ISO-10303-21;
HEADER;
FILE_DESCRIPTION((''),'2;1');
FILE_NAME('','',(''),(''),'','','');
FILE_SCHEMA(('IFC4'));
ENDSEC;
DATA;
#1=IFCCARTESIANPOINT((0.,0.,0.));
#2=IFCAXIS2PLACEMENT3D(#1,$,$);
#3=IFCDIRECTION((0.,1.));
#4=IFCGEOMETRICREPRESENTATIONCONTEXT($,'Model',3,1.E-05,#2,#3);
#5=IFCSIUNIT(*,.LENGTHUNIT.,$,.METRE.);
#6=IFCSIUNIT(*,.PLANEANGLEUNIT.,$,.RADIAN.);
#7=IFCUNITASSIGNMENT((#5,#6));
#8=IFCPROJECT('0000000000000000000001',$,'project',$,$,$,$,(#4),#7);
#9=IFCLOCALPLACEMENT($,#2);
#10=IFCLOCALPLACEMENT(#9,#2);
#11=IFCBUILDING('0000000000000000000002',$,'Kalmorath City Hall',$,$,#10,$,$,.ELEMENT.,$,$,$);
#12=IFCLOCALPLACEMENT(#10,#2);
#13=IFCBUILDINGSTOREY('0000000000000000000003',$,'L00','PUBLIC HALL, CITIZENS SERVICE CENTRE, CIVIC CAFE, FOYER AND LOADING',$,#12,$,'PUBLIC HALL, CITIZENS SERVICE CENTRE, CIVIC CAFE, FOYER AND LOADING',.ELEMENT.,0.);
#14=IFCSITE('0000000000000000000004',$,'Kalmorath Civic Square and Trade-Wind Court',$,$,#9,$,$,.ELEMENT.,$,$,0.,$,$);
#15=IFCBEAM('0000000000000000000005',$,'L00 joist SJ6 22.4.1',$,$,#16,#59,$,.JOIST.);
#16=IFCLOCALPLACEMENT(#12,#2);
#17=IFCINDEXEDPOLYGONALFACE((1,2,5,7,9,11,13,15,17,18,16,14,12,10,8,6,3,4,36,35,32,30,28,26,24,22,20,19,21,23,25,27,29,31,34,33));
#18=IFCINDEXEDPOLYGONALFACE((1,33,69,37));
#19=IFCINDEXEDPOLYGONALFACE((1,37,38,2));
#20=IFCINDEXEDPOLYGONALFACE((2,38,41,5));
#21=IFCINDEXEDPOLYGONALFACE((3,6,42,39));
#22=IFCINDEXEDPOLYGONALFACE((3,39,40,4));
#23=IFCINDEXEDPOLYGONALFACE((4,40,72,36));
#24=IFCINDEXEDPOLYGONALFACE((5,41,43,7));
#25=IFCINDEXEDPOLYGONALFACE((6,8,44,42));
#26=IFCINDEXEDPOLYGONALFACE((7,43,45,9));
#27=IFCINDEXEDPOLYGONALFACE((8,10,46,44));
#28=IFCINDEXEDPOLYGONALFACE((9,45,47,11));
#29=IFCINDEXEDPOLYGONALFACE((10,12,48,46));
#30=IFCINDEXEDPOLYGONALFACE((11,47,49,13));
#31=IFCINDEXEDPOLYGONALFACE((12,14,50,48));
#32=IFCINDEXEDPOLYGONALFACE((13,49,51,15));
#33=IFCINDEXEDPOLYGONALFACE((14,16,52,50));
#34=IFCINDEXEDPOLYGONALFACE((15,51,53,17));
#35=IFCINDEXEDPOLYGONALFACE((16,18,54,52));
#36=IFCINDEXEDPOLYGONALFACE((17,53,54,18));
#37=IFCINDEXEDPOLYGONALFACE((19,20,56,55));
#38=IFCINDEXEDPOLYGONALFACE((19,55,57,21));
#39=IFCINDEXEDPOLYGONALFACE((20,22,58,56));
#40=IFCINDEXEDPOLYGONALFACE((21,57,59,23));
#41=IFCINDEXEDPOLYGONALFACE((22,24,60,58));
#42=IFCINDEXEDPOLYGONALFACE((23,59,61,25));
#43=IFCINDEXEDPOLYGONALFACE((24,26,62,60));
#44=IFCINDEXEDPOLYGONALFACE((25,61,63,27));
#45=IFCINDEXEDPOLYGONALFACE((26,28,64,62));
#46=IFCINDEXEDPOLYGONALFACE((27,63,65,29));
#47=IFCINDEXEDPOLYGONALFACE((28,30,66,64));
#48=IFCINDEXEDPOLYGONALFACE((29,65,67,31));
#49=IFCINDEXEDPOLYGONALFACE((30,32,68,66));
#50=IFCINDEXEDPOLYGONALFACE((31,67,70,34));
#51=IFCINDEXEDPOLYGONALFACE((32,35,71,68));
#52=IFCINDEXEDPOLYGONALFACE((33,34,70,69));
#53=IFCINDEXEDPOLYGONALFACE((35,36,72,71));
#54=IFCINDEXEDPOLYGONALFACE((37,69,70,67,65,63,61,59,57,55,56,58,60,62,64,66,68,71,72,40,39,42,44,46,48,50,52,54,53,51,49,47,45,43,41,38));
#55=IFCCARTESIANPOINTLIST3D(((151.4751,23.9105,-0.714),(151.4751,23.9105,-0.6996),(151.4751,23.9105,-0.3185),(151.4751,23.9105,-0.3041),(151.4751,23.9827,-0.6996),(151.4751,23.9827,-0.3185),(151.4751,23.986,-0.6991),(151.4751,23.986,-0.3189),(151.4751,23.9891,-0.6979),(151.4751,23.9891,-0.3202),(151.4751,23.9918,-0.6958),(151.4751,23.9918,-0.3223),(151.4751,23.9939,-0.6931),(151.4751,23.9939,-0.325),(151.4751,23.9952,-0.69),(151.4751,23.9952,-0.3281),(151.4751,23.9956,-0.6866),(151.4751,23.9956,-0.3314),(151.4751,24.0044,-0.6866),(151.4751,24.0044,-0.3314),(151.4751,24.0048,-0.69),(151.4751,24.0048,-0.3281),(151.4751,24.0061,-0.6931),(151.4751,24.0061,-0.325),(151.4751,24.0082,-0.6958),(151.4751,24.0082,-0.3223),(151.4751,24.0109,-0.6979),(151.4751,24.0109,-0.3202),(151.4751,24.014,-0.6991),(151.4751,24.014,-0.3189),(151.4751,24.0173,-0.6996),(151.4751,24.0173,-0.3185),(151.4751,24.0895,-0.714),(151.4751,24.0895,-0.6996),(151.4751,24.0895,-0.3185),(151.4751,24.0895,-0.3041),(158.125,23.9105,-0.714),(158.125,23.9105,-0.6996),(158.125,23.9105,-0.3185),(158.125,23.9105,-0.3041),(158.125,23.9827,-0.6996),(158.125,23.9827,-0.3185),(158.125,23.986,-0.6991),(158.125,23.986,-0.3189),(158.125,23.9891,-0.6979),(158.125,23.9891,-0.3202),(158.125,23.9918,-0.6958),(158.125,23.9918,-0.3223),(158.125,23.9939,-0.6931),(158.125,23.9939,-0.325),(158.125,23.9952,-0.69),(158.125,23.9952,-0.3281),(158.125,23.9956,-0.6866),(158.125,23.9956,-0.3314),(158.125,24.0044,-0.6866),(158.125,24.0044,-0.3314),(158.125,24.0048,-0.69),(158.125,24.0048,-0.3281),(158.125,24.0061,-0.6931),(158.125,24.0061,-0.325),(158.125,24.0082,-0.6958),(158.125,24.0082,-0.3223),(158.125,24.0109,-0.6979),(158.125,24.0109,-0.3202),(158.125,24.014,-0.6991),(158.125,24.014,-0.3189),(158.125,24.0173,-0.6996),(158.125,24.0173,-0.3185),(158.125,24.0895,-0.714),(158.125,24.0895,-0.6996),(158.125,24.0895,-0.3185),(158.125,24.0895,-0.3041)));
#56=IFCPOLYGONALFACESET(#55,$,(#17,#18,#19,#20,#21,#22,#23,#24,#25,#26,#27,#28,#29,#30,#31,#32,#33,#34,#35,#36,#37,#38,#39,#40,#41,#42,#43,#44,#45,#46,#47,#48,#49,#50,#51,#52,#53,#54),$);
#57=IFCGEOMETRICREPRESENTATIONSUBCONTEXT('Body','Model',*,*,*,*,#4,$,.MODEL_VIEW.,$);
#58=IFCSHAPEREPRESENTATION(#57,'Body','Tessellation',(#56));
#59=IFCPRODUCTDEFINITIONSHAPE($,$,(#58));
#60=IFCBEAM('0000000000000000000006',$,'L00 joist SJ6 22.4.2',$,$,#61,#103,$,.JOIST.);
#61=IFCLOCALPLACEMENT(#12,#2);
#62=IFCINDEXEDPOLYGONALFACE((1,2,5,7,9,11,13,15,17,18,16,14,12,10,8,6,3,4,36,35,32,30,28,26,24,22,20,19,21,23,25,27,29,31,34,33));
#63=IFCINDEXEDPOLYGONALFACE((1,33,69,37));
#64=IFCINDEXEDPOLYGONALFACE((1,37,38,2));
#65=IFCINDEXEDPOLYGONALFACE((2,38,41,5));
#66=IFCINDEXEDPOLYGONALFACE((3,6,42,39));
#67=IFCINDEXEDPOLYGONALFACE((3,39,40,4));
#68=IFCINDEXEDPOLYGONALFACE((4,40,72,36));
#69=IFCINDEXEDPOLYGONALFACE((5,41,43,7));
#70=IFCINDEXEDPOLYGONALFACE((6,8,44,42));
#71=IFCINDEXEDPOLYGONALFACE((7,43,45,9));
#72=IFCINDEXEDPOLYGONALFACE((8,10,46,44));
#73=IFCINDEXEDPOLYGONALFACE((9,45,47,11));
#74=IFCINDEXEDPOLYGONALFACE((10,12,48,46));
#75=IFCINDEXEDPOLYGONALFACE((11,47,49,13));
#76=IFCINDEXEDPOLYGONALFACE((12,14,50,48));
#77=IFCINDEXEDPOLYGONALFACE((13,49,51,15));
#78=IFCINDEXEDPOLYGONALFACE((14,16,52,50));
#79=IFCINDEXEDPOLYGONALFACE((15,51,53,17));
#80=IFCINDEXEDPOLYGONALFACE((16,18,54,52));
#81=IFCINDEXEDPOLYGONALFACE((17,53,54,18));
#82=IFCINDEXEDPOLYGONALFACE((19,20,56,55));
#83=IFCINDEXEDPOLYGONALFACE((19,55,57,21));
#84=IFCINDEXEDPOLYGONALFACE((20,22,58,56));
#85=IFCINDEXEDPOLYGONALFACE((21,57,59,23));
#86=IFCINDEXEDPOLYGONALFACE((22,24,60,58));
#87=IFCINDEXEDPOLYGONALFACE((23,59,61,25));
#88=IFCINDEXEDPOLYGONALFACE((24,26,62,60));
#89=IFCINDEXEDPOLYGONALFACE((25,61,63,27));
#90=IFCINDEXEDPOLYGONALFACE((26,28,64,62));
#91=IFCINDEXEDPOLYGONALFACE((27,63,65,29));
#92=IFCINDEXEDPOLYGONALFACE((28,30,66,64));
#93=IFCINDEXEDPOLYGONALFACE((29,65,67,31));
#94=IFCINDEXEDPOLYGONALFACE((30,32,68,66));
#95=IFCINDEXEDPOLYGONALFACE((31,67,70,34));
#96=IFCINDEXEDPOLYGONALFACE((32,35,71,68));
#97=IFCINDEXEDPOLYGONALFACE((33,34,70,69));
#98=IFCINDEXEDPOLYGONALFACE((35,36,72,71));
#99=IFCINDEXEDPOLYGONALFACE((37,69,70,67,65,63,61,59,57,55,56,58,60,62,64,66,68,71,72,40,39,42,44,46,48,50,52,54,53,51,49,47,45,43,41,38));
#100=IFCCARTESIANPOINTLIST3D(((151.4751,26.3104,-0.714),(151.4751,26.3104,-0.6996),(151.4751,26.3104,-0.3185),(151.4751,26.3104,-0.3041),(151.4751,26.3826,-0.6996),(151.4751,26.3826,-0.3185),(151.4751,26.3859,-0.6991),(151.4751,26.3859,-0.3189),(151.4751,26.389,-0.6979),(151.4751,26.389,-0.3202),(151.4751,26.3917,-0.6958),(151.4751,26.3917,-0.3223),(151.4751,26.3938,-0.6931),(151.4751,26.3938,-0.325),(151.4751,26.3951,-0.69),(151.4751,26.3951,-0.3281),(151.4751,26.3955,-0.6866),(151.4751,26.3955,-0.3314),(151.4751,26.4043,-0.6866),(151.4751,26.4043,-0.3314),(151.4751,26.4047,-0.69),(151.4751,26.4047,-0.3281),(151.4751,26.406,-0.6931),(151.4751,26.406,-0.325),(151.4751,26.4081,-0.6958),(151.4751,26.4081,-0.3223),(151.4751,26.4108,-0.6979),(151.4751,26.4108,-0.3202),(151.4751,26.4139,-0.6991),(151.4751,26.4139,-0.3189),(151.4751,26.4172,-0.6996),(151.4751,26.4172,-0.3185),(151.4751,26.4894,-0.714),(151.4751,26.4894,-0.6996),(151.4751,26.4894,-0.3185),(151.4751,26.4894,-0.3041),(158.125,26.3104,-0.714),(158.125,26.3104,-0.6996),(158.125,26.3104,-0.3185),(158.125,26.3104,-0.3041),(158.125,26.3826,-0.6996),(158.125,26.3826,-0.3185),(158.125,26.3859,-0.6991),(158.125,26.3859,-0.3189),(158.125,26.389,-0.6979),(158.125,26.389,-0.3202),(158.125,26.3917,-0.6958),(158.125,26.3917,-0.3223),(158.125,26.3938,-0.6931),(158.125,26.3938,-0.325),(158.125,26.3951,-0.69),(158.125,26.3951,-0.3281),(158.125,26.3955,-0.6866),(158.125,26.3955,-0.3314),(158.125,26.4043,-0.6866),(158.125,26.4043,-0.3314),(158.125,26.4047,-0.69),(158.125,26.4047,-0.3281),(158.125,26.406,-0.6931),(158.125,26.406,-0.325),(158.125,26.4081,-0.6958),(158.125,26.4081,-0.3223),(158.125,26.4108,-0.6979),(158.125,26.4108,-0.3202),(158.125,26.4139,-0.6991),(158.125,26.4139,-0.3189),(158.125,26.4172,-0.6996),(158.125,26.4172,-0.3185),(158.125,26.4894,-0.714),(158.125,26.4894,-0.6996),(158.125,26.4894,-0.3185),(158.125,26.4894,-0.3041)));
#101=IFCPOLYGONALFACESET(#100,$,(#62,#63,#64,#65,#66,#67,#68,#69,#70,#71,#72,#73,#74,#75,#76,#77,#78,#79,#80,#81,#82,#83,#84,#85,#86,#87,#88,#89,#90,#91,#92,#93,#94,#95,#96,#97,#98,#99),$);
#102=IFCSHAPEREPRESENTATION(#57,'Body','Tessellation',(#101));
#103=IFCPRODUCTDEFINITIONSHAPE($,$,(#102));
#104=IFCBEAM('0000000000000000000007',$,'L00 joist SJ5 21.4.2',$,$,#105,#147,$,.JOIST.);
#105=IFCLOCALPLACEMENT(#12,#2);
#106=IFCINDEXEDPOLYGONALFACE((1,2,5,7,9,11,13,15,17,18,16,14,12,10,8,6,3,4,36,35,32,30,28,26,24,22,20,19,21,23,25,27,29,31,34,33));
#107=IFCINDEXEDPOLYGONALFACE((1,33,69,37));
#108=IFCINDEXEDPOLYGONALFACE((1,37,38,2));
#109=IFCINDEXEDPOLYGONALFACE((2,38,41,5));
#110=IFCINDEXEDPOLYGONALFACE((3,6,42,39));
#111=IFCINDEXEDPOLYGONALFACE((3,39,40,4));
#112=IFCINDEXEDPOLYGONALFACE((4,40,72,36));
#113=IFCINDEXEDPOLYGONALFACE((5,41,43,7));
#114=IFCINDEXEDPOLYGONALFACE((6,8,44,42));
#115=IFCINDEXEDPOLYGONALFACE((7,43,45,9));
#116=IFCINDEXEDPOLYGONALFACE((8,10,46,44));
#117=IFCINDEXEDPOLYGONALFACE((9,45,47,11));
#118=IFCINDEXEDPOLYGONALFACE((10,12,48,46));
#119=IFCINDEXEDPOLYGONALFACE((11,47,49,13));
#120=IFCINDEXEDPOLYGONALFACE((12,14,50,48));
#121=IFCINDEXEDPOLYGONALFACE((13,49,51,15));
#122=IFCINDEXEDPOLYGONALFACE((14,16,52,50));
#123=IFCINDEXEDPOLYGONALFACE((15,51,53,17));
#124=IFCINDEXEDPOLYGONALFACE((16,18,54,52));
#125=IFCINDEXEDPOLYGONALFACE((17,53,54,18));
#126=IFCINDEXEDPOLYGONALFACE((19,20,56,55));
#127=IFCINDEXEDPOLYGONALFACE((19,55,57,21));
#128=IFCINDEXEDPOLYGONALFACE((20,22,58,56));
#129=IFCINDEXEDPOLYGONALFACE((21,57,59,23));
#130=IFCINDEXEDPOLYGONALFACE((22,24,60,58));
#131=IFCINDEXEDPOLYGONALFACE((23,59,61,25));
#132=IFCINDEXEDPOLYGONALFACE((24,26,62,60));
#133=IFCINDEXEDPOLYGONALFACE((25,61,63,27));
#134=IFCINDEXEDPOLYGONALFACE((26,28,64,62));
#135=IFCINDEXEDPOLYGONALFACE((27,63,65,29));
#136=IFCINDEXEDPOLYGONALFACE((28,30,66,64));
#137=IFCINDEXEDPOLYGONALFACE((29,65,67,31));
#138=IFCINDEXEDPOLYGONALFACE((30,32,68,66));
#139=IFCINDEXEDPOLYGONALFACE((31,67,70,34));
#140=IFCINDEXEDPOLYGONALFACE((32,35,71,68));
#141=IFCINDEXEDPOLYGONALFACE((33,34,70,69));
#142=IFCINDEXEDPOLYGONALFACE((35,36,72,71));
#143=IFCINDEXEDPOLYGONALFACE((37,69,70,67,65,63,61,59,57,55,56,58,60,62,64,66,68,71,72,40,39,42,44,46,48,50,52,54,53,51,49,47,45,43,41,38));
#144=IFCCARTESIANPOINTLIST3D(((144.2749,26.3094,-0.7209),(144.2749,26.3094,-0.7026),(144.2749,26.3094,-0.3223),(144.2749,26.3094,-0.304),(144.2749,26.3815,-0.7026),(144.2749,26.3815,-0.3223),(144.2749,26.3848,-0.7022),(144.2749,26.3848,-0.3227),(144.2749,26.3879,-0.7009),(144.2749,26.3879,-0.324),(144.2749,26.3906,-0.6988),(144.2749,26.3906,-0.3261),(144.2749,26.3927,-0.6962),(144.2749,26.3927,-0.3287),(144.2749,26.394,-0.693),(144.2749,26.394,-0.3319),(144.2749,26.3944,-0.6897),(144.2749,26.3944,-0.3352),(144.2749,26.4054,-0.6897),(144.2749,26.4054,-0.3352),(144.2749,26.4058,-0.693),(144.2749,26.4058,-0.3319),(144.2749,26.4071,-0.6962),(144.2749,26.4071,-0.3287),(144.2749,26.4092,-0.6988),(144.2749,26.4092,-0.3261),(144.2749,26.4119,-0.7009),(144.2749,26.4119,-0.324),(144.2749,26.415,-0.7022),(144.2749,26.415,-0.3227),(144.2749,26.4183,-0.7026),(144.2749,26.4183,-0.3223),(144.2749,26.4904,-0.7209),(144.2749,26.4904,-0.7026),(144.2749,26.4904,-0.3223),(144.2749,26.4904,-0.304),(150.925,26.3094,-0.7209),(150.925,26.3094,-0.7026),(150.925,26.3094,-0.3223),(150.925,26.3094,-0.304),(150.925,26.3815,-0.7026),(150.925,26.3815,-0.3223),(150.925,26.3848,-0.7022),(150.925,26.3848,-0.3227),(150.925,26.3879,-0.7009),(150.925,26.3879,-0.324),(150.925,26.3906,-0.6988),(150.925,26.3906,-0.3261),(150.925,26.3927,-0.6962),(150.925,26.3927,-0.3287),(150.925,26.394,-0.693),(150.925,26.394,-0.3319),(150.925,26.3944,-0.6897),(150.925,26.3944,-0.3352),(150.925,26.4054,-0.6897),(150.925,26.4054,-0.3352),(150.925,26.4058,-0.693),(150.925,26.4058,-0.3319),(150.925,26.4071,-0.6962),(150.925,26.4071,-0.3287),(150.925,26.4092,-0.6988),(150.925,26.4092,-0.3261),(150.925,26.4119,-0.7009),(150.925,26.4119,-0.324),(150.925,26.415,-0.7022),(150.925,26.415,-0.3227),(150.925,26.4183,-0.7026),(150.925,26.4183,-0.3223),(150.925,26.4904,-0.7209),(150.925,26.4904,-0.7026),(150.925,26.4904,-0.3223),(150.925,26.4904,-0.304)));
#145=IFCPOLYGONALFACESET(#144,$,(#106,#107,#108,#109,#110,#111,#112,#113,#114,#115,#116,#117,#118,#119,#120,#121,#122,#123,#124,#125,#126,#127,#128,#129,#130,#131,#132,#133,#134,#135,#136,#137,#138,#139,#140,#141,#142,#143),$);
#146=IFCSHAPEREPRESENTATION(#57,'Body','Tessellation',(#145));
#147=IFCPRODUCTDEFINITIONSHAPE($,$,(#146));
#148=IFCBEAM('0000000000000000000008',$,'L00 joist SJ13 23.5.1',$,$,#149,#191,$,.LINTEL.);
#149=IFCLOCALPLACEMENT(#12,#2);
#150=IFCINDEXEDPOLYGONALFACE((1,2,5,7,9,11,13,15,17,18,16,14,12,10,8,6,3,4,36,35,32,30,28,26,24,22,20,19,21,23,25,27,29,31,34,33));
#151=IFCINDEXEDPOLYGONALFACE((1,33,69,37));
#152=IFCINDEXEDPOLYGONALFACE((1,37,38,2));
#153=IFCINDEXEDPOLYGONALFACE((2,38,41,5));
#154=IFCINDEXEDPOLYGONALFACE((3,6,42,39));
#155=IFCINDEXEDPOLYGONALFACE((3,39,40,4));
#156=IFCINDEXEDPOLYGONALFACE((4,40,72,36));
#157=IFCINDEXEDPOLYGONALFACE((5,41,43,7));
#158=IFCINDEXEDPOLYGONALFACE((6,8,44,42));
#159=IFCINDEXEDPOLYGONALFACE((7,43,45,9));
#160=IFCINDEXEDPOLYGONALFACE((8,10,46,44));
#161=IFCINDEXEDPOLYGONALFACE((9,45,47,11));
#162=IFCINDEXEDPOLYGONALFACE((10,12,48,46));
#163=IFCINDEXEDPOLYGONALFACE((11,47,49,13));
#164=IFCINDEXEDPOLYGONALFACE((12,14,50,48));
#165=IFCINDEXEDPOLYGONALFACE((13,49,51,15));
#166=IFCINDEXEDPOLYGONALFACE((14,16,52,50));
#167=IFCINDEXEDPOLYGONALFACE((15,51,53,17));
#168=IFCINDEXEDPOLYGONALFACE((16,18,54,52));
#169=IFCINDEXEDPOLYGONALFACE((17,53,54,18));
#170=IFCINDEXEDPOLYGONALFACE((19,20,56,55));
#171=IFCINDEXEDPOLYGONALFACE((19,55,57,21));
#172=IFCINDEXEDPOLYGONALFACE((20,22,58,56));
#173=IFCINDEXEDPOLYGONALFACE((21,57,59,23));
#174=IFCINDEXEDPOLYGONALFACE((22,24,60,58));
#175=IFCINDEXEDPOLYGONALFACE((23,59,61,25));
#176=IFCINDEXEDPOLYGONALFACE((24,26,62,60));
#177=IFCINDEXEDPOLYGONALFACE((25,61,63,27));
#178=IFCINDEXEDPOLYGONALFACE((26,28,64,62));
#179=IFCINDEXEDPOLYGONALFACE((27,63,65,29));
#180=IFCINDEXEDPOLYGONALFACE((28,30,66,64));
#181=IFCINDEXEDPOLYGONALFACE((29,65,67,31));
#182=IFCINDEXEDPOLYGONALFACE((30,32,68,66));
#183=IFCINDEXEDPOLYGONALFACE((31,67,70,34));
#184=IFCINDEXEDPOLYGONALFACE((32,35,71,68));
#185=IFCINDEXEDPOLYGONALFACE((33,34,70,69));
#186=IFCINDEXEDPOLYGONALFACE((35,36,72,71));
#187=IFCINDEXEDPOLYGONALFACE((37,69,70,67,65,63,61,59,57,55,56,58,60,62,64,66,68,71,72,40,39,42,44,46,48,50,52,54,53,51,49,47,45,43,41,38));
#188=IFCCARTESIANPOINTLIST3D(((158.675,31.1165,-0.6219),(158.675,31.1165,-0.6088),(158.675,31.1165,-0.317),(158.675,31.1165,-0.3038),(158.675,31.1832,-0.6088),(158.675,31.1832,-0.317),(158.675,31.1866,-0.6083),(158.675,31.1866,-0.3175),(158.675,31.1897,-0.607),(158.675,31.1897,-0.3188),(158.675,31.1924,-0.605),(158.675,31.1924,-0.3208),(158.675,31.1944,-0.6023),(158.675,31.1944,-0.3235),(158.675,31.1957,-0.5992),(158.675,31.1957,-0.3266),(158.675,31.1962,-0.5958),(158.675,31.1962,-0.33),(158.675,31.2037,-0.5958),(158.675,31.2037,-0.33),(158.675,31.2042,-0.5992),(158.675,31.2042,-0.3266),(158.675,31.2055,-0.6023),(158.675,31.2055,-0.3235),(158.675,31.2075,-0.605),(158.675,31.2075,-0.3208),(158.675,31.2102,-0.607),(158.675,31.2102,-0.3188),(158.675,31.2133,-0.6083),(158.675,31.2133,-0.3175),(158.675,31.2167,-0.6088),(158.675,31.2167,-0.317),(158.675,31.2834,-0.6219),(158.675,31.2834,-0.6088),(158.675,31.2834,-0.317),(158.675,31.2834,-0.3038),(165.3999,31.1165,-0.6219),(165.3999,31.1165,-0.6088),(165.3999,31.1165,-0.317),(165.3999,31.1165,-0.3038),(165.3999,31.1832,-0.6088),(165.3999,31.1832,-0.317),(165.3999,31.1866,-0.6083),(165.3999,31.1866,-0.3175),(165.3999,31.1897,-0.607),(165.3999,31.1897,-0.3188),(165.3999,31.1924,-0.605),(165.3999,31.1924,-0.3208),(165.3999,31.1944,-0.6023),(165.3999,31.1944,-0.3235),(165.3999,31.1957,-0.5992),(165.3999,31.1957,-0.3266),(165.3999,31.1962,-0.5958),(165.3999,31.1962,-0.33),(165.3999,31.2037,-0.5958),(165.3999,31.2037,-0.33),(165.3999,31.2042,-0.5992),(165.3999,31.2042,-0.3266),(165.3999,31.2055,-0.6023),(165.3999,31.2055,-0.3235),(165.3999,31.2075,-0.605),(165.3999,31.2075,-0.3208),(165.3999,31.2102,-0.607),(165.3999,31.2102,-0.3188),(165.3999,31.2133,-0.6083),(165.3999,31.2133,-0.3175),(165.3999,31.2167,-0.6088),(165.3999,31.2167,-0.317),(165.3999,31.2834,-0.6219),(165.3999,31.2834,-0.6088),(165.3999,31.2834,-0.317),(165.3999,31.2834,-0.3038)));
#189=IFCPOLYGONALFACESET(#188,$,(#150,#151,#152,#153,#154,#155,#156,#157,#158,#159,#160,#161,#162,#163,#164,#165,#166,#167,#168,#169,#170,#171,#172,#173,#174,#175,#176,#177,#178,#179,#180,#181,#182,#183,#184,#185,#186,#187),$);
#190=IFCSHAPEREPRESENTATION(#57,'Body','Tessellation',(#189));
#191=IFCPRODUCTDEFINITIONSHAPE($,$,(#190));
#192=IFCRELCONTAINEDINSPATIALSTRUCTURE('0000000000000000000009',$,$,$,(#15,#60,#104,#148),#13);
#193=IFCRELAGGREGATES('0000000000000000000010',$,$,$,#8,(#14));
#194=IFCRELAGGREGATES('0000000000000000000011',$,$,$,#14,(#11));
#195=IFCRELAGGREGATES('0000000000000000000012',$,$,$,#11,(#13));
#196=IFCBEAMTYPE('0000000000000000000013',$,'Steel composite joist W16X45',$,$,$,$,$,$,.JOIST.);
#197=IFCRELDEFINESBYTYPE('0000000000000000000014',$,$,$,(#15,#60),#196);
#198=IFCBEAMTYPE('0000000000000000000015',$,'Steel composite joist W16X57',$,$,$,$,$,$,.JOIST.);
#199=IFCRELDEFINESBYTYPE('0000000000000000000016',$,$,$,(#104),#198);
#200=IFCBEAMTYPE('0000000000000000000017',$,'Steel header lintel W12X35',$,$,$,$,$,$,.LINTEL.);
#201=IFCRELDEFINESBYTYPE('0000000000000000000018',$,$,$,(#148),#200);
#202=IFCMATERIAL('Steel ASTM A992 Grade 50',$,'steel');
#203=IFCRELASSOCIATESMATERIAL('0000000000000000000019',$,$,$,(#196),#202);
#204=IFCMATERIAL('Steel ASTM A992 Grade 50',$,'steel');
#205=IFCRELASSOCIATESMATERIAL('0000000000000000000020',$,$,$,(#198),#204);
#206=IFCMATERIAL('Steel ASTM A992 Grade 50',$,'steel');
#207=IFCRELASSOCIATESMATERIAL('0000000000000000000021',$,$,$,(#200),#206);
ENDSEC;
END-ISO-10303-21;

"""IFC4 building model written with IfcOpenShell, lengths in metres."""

from ifc_helpers import new_model, si_unit, direction, frame, origin, origin_2d, place, context, subcontext, project, spatial, i_section, extrude, material, material_profile, profile_set, type_object, element, save


model = new_model("IFC4")

# Units and contexts
model_context = context("Model", 3, precision=1e-05, world=origin(), true_north=direction((0.0, 1.0)))
body_context = subcontext(model_context, "Body", "Model", "MODEL_VIEW")
ifc_project = project(units=[si_unit("LENGTHUNIT", "METRE"), si_unit("PLANEANGLEUNIT", "RADIAN")], contexts=[model_context])

# Site, building, storey
site_placement = place(None, origin())
site = spatial("IfcSite", under=ifc_project, at=site_placement, Name="Kalmorath Civic Square and Trade-Wind Court", CompositionType="ELEMENT", RefElevation=0.0)
building_placement = place(site_placement, origin())
building = spatial("IfcBuilding", under=site, at=building_placement, Name="Kalmorath City Hall", CompositionType="ELEMENT")
storey_placement = place(building_placement, origin())
storey = spatial("IfcBuildingStorey", under=building, at=storey_placement, Name="L00", Description="PUBLIC HALL, CITIZENS SERVICE CENTRE, CIVIC CAFE, FOYER AND LOADING", LongName="PUBLIC HALL, CITIZENS SERVICE CENTRE, CIVIC CAFE, FOYER AND LOADING", CompositionType="ELEMENT", Elevation=0.0)

# Beams
ifc_material_1 = material(Name="Steel ASTM A992 Grade 50", Category="steel")
ifc_material_profile_1 = material_profile(ifc_material_1, i_section(OverallWidth=0.179, OverallDepth=0.4099, WebThickness=0.0088, FlangeThickness=0.0144, FilletRadius=0.0129, at=origin_2d()), Name="W16X45")
ifc_profile_set_1 = profile_set([ifc_material_profile_1], Name="Steel ASTM A992 Grade 50")
beam_type_1 = type_object("IfcBeamType", Name="Steel composite joist W16X45", PredefinedType="JOIST", material=ifc_profile_set_1)
for number, where, z_axis, x_axis, name in (
    (1, (151.4751, 24.0, -0.509), (1.0, 0.0, 0.0), (0.0, 1.0, 0.0), "L00 joist SJ6 22.4.1"),
    (2, (151.4751, 26.3999, -0.509), (1.0, 0.0, 0.0), (0.0, 1.0, 0.0), "L00 joist SJ6 22.4.2"),
):
    element("IfcBeam", number, at=place(storey_placement, frame(where, z_axis=z_axis, x_axis=x_axis)), inside=storey, type_object=beam_type_1, Name=name, PredefinedType="JOIST", context=body_context, shape_type="SweptSolid", body=[
        extrude(i_section(OverallWidth=0.179, OverallDepth=0.4099, WebThickness=0.0088, FlangeThickness=0.0144, FilletRadius=0.0129, at=origin_2d()), origin(), (0.0, 0.0, 1.0), 6.6499),
    ])
ifc_material_2 = material(Name="Steel ASTM A992 Grade 50", Category="steel")
ifc_material_profile_2 = material_profile(ifc_material_2, i_section(OverallWidth=0.1809, OverallDepth=0.417, WebThickness=0.011, FlangeThickness=0.0183, FilletRadius=0.0129, at=origin_2d()), Name="W16X57")
ifc_profile_set_2 = profile_set([ifc_material_profile_2], Name="Steel ASTM A992 Grade 50")
beam_type_2 = type_object("IfcBeamType", Name="Steel composite joist W16X57", PredefinedType="JOIST", material=ifc_profile_set_2)
beam_1_placement = place(storey_placement, frame((144.2749, 26.3999, -0.5125), z_axis=(1.0, 0.0, 0.0), x_axis=(0.0, 1.0, 0.0)))
element("IfcBeam", 3, at=beam_1_placement, inside=storey, type_object=beam_type_2, Name="L00 joist SJ5 21.4.2", PredefinedType="JOIST", context=body_context, shape_type="SweptSolid", body=[
    extrude(i_section(OverallWidth=0.1809, OverallDepth=0.417, WebThickness=0.011, FlangeThickness=0.0183, FilletRadius=0.0129, at=origin_2d()), origin(), (0.0, 0.0, 1.0), 6.6501),
])
ifc_material_3 = material(Name="Steel ASTM A992 Grade 50", Category="steel")
ifc_material_profile_3 = material_profile(ifc_material_3, i_section(OverallWidth=0.167, OverallDepth=0.3181, WebThickness=0.0076, FlangeThickness=0.0132, FilletRadius=0.0129, at=origin_2d()), Name="W12X35")
ifc_profile_set_3 = profile_set([ifc_material_profile_3], Name="Steel ASTM A992 Grade 50")
beam_type_3 = type_object("IfcBeamType", Name="Steel header lintel W12X35", PredefinedType="LINTEL", material=ifc_profile_set_3)
beam_2_placement = place(storey_placement, frame((158.675, 31.2, -0.4629), z_axis=(1.0, 0.0, 0.0), x_axis=(0.0, 1.0, 0.0)))
element("IfcBeam", 4, at=beam_2_placement, inside=storey, type_object=beam_type_3, Name="L00 joist SJ13 23.5.1", PredefinedType="LINTEL", context=body_context, shape_type="SweptSolid", body=[
    extrude(i_section(OverallWidth=0.167, OverallDepth=0.3181, WebThickness=0.0076, FlangeThickness=0.0132, FilletRadius=0.0129, at=origin_2d()), origin(), (0.0, 0.0, 1.0), 6.7249),
])

save(model, "model.ifc")
